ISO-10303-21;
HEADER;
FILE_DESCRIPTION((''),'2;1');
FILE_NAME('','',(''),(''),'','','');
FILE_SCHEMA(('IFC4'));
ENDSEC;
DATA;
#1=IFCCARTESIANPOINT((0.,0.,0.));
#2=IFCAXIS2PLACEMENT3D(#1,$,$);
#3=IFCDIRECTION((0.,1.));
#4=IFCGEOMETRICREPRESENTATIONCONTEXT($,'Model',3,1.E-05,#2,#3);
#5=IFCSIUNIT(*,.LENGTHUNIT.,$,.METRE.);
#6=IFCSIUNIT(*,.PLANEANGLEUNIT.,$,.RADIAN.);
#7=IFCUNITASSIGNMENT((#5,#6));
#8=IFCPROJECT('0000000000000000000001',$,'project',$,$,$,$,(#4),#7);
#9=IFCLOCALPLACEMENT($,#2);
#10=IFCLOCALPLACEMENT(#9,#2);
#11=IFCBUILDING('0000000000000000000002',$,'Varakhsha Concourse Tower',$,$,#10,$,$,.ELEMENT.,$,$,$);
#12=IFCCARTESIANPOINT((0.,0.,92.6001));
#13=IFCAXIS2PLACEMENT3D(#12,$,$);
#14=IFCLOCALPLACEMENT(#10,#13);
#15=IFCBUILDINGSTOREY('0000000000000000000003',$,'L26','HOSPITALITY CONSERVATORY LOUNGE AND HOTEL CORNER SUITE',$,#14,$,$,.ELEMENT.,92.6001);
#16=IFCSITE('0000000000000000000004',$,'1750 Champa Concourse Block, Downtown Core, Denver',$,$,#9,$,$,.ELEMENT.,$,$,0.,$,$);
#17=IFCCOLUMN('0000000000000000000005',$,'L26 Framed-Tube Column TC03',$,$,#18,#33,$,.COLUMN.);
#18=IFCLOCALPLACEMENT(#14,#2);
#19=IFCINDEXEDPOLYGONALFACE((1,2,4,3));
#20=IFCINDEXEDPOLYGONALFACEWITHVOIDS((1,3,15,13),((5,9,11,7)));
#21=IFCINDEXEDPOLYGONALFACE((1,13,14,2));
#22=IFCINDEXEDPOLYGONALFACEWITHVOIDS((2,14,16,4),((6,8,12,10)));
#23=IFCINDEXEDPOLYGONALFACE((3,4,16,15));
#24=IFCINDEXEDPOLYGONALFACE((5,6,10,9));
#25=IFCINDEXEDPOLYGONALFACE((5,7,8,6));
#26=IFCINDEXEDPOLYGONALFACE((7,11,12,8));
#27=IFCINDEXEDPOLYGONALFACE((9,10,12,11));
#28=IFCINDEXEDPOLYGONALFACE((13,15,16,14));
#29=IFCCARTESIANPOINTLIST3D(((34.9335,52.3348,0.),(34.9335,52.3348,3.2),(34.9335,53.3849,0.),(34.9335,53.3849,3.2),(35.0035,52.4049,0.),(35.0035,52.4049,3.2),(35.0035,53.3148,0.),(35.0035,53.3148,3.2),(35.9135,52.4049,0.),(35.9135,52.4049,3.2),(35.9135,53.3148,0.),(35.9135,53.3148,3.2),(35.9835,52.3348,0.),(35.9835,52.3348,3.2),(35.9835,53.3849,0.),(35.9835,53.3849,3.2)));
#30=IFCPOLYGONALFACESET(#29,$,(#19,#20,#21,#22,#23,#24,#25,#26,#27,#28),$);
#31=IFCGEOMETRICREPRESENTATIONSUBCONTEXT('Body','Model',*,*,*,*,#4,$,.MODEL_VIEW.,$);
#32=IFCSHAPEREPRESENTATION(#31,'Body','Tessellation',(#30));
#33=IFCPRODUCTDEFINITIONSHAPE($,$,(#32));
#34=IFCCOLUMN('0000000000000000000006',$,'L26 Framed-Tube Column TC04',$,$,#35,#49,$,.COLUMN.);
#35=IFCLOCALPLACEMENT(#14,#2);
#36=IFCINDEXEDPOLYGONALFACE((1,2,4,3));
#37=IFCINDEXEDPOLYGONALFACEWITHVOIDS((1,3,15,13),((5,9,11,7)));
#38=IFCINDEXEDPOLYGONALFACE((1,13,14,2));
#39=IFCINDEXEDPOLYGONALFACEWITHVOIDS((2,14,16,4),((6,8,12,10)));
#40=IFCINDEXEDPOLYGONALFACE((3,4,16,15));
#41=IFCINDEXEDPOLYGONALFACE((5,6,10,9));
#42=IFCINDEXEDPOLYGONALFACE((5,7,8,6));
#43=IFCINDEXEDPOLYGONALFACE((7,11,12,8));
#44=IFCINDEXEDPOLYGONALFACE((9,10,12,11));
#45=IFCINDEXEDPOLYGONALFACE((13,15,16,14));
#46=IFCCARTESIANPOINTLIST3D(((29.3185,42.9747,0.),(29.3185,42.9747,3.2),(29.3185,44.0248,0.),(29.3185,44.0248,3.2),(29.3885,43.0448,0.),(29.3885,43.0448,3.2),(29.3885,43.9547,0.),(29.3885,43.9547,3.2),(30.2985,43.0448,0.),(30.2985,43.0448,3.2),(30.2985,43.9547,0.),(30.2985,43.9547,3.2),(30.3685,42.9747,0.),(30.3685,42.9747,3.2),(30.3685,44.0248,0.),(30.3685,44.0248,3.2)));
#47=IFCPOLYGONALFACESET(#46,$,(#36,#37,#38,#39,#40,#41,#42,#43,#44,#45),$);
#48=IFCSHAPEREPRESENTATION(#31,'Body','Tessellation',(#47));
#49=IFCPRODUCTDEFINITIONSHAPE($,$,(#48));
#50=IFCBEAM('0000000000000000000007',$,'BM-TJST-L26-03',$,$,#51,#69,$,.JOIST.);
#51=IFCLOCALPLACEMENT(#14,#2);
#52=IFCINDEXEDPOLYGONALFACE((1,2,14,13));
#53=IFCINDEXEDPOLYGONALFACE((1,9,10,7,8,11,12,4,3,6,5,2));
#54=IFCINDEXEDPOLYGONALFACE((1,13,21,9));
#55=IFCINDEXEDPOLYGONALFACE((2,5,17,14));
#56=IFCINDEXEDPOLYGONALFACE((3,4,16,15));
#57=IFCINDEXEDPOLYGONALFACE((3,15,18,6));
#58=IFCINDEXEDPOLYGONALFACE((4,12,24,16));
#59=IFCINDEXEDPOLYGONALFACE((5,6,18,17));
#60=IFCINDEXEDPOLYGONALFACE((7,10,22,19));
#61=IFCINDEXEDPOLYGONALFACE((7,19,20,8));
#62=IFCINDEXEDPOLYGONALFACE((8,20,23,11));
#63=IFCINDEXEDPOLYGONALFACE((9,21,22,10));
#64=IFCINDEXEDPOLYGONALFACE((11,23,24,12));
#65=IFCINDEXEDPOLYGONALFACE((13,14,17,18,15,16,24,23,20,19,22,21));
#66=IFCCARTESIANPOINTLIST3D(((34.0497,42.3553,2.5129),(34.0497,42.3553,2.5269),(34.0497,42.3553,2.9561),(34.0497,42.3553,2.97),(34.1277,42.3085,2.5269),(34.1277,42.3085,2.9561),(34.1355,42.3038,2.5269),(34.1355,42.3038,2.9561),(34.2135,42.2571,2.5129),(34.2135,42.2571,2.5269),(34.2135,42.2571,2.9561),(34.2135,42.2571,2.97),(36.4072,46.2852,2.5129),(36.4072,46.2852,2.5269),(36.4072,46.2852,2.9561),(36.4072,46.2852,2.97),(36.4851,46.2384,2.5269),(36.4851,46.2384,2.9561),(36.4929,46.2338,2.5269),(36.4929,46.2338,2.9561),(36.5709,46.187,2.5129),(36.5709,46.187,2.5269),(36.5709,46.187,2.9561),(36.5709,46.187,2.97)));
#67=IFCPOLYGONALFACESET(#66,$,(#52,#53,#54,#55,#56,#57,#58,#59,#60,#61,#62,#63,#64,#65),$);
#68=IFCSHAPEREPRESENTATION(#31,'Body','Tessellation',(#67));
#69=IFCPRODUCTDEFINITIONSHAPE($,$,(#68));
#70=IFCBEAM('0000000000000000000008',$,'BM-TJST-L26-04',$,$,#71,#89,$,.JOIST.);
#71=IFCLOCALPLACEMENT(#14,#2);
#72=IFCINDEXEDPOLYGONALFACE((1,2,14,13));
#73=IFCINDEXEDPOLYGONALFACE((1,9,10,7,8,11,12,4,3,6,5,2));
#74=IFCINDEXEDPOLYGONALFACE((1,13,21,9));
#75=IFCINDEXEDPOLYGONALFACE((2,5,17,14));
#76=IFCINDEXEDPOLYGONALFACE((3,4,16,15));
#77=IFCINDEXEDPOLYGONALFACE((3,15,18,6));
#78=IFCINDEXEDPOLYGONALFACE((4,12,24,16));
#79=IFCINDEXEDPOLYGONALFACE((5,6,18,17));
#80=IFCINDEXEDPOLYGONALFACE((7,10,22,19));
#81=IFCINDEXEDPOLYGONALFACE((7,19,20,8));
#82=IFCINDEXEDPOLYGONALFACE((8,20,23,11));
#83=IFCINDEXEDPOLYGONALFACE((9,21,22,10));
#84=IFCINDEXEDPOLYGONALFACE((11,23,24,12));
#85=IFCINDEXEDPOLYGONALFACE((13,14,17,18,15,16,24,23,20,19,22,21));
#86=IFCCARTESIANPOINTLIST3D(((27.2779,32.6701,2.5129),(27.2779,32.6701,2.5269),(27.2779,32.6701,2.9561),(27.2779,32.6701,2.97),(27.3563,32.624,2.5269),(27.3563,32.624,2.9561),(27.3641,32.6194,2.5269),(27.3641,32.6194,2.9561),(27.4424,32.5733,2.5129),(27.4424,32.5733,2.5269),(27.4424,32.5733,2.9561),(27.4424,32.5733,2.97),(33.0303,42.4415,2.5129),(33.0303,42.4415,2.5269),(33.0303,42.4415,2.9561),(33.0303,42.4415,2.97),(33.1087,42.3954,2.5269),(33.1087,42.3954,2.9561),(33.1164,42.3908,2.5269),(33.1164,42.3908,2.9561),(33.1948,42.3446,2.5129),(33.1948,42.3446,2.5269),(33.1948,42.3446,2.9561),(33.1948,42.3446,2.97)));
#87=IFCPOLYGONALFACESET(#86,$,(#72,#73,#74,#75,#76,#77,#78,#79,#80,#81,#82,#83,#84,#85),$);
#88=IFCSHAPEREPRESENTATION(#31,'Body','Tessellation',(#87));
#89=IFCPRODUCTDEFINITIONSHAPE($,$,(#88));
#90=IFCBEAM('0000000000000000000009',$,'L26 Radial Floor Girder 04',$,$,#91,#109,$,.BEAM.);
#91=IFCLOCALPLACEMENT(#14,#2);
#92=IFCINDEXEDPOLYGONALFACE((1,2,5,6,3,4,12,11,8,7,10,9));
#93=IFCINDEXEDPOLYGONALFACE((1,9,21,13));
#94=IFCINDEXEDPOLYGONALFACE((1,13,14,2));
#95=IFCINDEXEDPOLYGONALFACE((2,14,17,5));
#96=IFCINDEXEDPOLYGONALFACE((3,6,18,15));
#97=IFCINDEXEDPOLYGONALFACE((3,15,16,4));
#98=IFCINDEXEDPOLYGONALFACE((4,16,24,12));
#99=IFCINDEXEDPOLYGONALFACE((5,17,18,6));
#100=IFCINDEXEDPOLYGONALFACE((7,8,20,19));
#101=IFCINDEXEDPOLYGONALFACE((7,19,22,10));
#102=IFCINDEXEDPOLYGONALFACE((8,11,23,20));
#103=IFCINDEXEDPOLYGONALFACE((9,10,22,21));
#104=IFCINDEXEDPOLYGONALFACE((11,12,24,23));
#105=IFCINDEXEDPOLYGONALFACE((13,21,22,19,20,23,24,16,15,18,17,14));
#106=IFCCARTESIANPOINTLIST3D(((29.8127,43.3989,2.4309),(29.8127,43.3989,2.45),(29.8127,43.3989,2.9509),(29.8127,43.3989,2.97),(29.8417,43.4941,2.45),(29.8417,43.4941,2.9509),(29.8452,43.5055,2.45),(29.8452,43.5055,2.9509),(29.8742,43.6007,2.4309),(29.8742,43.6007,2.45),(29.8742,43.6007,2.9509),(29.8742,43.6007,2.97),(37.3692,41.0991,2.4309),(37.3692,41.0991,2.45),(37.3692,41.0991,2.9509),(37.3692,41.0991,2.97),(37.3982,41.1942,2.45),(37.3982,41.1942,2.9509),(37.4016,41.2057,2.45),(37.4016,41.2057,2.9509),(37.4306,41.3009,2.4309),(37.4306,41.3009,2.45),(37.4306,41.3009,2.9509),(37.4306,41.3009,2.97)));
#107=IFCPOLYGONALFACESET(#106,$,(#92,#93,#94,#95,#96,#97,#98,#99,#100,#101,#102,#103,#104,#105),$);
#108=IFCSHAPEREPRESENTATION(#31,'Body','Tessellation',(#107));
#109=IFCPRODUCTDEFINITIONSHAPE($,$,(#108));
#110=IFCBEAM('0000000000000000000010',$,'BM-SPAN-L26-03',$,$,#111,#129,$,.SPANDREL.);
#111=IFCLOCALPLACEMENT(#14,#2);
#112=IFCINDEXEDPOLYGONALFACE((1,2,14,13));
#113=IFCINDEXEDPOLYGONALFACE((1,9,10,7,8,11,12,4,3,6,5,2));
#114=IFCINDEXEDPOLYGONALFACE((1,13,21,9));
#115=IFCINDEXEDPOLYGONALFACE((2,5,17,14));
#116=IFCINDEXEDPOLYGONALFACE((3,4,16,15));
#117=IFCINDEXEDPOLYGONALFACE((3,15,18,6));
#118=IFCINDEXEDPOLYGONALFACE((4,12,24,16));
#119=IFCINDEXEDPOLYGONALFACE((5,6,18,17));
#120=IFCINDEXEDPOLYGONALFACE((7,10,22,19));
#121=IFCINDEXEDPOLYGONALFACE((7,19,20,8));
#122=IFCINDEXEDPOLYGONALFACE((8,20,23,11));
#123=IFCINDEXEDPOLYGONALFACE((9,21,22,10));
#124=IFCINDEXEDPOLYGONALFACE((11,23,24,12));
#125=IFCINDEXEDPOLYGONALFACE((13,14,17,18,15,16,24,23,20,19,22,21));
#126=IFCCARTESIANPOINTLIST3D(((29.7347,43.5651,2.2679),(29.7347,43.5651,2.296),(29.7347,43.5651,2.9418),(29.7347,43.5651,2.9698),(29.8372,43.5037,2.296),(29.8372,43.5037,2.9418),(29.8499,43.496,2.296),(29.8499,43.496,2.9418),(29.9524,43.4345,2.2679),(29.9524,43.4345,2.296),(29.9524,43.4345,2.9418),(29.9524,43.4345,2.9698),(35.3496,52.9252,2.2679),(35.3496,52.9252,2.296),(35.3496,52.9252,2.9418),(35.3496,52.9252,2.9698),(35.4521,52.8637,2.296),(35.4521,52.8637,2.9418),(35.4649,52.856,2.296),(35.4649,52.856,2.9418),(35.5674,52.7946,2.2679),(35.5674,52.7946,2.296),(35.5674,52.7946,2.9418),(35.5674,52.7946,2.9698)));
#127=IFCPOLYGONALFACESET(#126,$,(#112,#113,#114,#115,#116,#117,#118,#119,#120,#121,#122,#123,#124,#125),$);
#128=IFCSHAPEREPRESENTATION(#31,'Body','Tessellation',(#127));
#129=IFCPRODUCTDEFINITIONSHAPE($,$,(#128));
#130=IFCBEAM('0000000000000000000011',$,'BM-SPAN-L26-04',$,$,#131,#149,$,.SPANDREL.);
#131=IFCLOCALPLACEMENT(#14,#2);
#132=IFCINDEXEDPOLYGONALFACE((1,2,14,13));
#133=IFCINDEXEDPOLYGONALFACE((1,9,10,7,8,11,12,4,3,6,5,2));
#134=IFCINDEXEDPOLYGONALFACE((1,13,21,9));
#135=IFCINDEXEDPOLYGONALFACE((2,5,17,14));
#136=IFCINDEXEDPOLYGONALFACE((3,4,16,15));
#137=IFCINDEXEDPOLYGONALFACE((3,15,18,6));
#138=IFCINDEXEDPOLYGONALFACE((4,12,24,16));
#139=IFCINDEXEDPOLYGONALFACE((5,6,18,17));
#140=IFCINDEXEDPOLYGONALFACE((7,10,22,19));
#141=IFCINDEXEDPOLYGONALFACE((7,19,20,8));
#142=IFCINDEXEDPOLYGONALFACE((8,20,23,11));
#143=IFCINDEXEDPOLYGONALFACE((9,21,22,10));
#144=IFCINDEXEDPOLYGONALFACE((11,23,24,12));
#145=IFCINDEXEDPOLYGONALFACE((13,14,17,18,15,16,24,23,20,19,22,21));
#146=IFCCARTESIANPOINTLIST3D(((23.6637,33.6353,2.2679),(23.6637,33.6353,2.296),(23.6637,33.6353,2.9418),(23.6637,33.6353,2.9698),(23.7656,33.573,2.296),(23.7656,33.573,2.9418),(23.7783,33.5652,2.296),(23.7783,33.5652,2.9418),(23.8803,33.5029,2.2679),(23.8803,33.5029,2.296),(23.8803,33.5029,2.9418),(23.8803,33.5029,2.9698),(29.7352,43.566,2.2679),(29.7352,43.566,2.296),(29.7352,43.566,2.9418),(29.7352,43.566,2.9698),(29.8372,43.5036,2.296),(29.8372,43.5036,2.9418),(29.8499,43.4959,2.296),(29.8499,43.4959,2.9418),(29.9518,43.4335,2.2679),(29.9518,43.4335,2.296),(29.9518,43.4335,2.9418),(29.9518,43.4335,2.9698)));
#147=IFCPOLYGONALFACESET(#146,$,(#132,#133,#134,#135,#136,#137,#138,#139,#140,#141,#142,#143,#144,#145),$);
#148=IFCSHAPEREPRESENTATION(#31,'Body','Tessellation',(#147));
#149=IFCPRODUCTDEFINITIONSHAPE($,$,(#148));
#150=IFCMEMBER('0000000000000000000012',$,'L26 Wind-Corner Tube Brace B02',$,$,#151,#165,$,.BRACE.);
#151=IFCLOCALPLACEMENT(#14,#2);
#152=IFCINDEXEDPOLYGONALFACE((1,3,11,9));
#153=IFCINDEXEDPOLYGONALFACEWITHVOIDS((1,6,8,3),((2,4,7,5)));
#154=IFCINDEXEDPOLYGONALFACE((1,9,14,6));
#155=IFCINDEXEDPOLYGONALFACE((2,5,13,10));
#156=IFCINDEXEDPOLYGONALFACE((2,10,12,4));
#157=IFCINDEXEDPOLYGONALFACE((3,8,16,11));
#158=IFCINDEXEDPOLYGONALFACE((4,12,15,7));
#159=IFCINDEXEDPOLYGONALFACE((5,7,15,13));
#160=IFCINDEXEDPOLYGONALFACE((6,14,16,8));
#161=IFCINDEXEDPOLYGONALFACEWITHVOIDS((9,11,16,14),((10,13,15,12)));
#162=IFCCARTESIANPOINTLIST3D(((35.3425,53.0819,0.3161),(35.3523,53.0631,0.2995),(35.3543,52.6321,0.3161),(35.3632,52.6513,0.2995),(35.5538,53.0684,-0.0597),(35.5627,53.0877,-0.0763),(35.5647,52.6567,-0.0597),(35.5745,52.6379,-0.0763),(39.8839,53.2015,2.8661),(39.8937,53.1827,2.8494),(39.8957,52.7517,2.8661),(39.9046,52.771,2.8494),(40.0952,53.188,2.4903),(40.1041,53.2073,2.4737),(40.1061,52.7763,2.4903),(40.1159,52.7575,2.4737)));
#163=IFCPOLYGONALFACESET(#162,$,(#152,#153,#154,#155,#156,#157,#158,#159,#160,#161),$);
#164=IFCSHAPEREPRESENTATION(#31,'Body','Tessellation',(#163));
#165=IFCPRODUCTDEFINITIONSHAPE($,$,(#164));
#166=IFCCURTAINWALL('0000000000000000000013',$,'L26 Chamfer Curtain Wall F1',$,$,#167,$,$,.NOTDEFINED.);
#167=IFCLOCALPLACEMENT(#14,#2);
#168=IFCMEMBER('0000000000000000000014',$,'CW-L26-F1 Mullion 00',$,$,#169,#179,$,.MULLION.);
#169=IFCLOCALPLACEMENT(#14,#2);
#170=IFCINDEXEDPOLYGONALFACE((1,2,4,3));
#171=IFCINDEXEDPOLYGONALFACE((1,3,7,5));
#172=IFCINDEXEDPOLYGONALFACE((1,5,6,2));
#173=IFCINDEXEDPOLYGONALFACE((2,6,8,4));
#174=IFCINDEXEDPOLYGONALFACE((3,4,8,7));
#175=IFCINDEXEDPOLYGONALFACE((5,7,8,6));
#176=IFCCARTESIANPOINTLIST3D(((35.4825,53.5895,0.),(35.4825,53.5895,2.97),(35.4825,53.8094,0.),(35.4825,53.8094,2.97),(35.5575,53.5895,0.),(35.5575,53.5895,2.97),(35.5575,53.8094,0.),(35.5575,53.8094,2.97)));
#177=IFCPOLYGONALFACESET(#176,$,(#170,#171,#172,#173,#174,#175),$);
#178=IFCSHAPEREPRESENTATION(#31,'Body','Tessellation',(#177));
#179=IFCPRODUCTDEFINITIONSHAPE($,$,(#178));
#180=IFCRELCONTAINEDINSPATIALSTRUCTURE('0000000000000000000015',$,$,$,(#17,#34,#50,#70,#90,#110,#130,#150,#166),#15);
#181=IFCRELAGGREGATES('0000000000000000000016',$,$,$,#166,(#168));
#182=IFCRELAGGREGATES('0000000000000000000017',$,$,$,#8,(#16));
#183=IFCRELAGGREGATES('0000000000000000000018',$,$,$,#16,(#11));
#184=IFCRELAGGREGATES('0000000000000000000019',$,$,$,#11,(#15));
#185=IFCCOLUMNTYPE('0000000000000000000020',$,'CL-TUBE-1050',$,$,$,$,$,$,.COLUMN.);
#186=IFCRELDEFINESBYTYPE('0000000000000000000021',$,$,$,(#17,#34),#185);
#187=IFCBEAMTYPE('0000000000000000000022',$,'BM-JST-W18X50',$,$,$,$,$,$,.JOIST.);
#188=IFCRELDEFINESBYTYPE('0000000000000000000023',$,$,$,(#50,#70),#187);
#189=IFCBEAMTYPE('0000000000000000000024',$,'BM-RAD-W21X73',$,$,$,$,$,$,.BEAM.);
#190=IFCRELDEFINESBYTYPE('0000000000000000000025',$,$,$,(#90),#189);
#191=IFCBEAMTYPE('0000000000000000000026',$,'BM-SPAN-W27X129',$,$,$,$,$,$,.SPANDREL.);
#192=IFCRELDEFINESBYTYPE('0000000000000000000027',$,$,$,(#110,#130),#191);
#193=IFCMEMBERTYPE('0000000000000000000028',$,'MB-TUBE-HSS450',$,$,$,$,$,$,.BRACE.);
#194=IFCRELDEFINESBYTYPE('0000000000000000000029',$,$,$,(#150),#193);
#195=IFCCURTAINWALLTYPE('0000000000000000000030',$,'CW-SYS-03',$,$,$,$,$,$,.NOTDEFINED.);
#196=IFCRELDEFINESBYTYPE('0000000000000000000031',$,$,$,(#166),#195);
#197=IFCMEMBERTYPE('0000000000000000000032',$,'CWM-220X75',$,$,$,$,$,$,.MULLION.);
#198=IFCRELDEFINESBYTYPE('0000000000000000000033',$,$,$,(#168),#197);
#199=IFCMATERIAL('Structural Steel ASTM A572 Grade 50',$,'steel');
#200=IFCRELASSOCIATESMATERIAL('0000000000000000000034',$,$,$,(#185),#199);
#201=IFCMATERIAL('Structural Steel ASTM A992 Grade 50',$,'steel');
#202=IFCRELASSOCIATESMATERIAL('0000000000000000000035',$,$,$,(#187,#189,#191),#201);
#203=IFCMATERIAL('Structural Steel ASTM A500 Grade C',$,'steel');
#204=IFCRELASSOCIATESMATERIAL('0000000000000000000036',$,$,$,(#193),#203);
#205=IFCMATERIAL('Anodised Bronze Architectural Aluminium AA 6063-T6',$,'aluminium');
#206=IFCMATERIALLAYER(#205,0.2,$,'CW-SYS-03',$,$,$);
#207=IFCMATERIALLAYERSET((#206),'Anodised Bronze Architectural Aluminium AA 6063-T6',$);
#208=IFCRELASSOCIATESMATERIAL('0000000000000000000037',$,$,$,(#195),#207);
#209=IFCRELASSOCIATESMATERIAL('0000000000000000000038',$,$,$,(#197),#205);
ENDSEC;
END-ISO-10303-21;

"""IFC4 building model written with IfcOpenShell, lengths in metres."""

from ifc_helpers import new_model, si_unit, direction, frame, origin, origin_2d, place, context, subcontext, project, spatial, rectangle, hollow_rectangle, i_section, extrude, source, transform, mapped, material, layer, layer_set, material_profile, profile_set, type_object, type_shapes, element, aggregate, save


model = new_model("IFC4")

# Units and contexts
model_context = context("Model", 3, precision=1e-05, world=origin(), true_north=direction((0.0, 1.0)))
body_context = subcontext(model_context, "Body", "Model", "MODEL_VIEW")
ifc_project = project(units=[si_unit("LENGTHUNIT", "METRE"), si_unit("PLANEANGLEUNIT", "RADIAN")], contexts=[model_context])

# Site, building, storey
site_placement = place(None, origin())
site = spatial("IfcSite", under=ifc_project, at=site_placement, Name="1750 Champa Concourse Block, Downtown Core, Denver", CompositionType="ELEMENT", RefElevation=0.0)
building_placement = place(site_placement, origin())
building = spatial("IfcBuilding", under=site, at=building_placement, Name="Varakhsha Concourse Tower", CompositionType="ELEMENT")
storey_placement = place(building_placement, frame((0.0, 0.0, 92.6001)))
storey = spatial("IfcBuildingStorey", under=building, at=storey_placement, Name="L26", Description="HOSPITALITY CONSERVATORY LOUNGE AND HOTEL CORNER SUITE", CompositionType="ELEMENT", Elevation=92.6001)

# Columns
ifc_material_1 = material(Name="Structural Steel ASTM A572 Grade 50", Category="steel")
ifc_material_profile_1 = material_profile(ifc_material_1, hollow_rectangle(XDim=1.05, YDim=1.05, WallThickness=0.0701, at=origin_2d()), Name="BOX 1050x1050x70")
ifc_profile_set_1 = profile_set([ifc_material_profile_1], Name="Structural Steel ASTM A572 Grade 50")
column_type = type_object("IfcColumnType", Name="CL-TUBE-1050", PredefinedType="COLUMN", material=ifc_profile_set_1)
for number, where, z_axis, x_axis, name in (
    (1, (35.4585, 52.8599, 0.0), (0.0, 0.0, 1.0), (1.0, 0.0, 0.0), "L26 Framed-Tube Column TC03"),
    (2, (29.8435, 43.4998, 0.0), (0.0, 0.0, 1.0), (1.0, 0.0, 0.0), "L26 Framed-Tube Column TC04"),
):
    element("IfcColumn", number, at=place(storey_placement, frame(where, z_axis=z_axis, x_axis=x_axis)), inside=storey, type_object=column_type, Name=name, PredefinedType="COLUMN", context=body_context, shape_type="SweptSolid", body=[
        extrude(hollow_rectangle(XDim=1.05, YDim=1.05, WallThickness=0.0701, at=origin_2d()), origin(), (0.0, 0.0, 1.0), 3.2),
    ])

# Beams
ifc_material_2 = material(Name="Structural Steel ASTM A992 Grade 50", Category="steel")
ifc_material_profile_2 = material_profile(ifc_material_2, i_section(OverallWidth=0.1909, OverallDepth=0.457, WebThickness=0.009, FlangeThickness=0.0139, at=origin_2d()), Name="W18X50")
ifc_profile_set_2 = profile_set([ifc_material_profile_2], Name="Structural Steel ASTM A992 Grade 50")
beam_type_1 = type_object("IfcBeamType", Name="BM-JST-W18X50", PredefinedType="JOIST", material=ifc_profile_set_2)
beam_1_placement = place(storey_placement, frame((36.489, 46.2361, 2.7415), z_axis=(-0.51441, -0.857545, 0.0), x_axis=(0.857545, -0.51441, 0.0)))
element("IfcBeam", 3, at=beam_1_placement, inside=storey, type_object=beam_type_1, Name="BM-TJST-L26-03", PredefinedType="JOIST", context=body_context, shape_type="SweptSolid", body=[
    extrude(i_section(OverallWidth=0.1909, OverallDepth=0.457, WebThickness=0.009, FlangeThickness=0.0139, at=origin_2d()), origin(), (0.0, 0.0, 1.0), 4.5828),
])
beam_2_placement = place(storey_placement, frame((33.1125, 42.3931, 2.7415), z_axis=(-0.507316, -0.86176, 0.0), x_axis=(0.86176, -0.507316, 0.0)))
element("IfcBeam", 4, at=beam_2_placement, inside=storey, type_object=beam_type_1, Name="BM-TJST-L26-04", PredefinedType="JOIST", context=body_context, shape_type="SweptSolid", body=[
    extrude(i_section(OverallWidth=0.1909, OverallDepth=0.457, WebThickness=0.009, FlangeThickness=0.0139, at=origin_2d()), origin(), (0.0, 0.0, 1.0), 11.3389),
])
ifc_material_profile_3 = material_profile(ifc_material_2, i_section(OverallWidth=0.2109, OverallDepth=0.5391, WebThickness=0.012, FlangeThickness=0.019, at=origin_2d()), Name="W21X73")
ifc_profile_set_3 = profile_set([ifc_material_profile_3], Name="Structural Steel ASTM A992 Grade 50")
beam_type_2 = type_object("IfcBeamType", Name="BM-RAD-W21X73", PredefinedType="BEAM", material=ifc_profile_set_3)
beam_3_placement = place(storey_placement, frame((37.3999, 41.2, 2.7004), z_axis=(-0.956673, 0.291165, 0.0), x_axis=(-0.291165, -0.956673, 0.0)))
element("IfcBeam", 5, at=beam_3_placement, inside=storey, type_object=beam_type_2, Name="L26 Radial Floor Girder 04", PredefinedType="BEAM", context=body_context, shape_type="SweptSolid", body=[
    extrude(i_section(OverallWidth=0.2109, OverallDepth=0.5391, WebThickness=0.012, FlangeThickness=0.019, at=origin_2d()), origin(), (0.0, 0.0, 1.0), 7.8987),
])
ifc_material_profile_4 = material_profile(ifc_material_2, i_section(OverallWidth=0.2539, OverallDepth=0.7019, WebThickness=0.0149, FlangeThickness=0.0281, at=origin_2d()), Name="W27X129")
ifc_profile_set_4 = profile_set([ifc_material_profile_4], Name="Structural Steel ASTM A992 Grade 50")
beam_type_3 = type_object("IfcBeamType", Name="BM-SPAN-W27X129", PredefinedType="SPANDREL", material=ifc_profile_set_4)
beam_4_placement = place(storey_placement, frame((35.4585, 52.8599, 2.6189), z_axis=(-0.514423, -0.857536, 0.0), x_axis=(0.857536, -0.514423, 0.0)))
element("IfcBeam", 6, at=beam_4_placement, inside=storey, type_object=beam_type_3, Name="BM-SPAN-L26-03", PredefinedType="SPANDREL", context=body_context, shape_type="SweptSolid", body=[
    extrude(i_section(OverallWidth=0.2539, OverallDepth=0.7019, WebThickness=0.0149, FlangeThickness=0.0281, at=origin_2d()), origin(), (0.0, 0.0, 1.0), 10.915),
])
beam_5_placement = place(storey_placement, frame((29.8435, 43.4998, 2.6189), z_axis=(-0.521625, -0.853175, 0.0), x_axis=(0.853175, -0.521625, 0.0)))
element("IfcBeam", 7, at=beam_5_placement, inside=storey, type_object=beam_type_3, Name="BM-SPAN-L26-04", PredefinedType="SPANDREL", context=body_context, shape_type="SweptSolid", body=[
    extrude(i_section(OverallWidth=0.2539, OverallDepth=0.7019, WebThickness=0.0149, FlangeThickness=0.0281, at=origin_2d()), origin(), (0.0, 0.0, 1.0), 11.6396),
])

# Member
ifc_material_3 = material(Name="Structural Steel ASTM A500 Grade C", Category="steel")
ifc_material_profile_5 = material_profile(ifc_material_3, hollow_rectangle(XDim=0.45, YDim=0.45, WallThickness=0.019, at=origin_2d()), Name="HSS 450x450x19")
ifc_profile_set_5 = profile_set([ifc_material_profile_5], Name="Structural Steel ASTM A500 Grade C")
member_type_1 = type_object("IfcMemberType", Name="MB-TUBE-HSS450", PredefinedType="BRACE", material=ifc_profile_set_5)
shared_shape_1 = source(origin(), body_context, "Body", "SweptSolid", [
    extrude(hollow_rectangle(XDim=0.45, YDim=0.45, WallThickness=0.019, at=origin_2d()), origin(), (0.0, 0.0, 1.0), 5.2097),
])
type_shapes(member_type_1, [shared_shape_1])
member_1_placement = place(storey_placement, frame((35.4585, 52.8599, 0.1199), z_axis=(0.871718, 0.022962, 0.489469), x_axis=(-0.026332, 0.999653, 0.0)))
element("IfcMember", 8, at=member_1_placement, inside=storey, type_object=member_type_1, Name="L26 Wind-Corner Tube Brace B02", PredefinedType="BRACE", context=body_context, shape_type="MappedRepresentation", body=[
    mapped(shared_shape_1, transform((0.0, 0.0, 0.0), scale=1.0)),
])

# Curtain wall, member
ifc_material_4 = material(Name="Anodised Bronze Architectural Aluminium AA 6063-T6", Category="aluminium")
ifc_layer_1 = layer(ifc_material_4, 0.2, Name="CW-SYS-03")
ifc_layer_set_1 = layer_set([ifc_layer_1], Name="Anodised Bronze Architectural Aluminium AA 6063-T6")
curtain_wall_type = type_object("IfcCurtainWallType", Name="CW-SYS-03", PredefinedType="NOTDEFINED", material=ifc_layer_set_1)
curtain_wall_1_placement = place(storey_placement, origin())
curtain_wall_1 = element("IfcCurtainWall", 9, at=curtain_wall_1_placement, inside=storey, type_object=curtain_wall_type, Name="L26 Chamfer Curtain Wall F1", PredefinedType="NOTDEFINED")
ifc_material_profile_6 = material_profile(ifc_material_4, rectangle(XDim=0.075, YDim=0.22, at=origin_2d()), Name="CWM-220X75")
ifc_profile_set_6 = profile_set([ifc_material_profile_6], Name="Anodised Bronze Architectural Aluminium AA 6063-T6")
member_type_2 = type_object("IfcMemberType", Name="CWM-220X75", PredefinedType="MULLION", material=ifc_profile_set_6)
shared_shape_2 = source(origin(), body_context, "Body", "SweptSolid", [
    extrude(rectangle(XDim=0.075, YDim=0.22, at=origin_2d()), origin(), (0.0, 0.0, 1.0), 2.97),
])
type_shapes(member_type_2, [shared_shape_2])
member_2_placement = place(storey_placement, frame((35.52, 53.6995, 0.0), z_axis=(0.0, 0.0, 1.0), x_axis=(1.0, 0.0, 0.0)))
member_2 = element("IfcMember", 10, at=member_2_placement, type_object=member_type_2, Name="CW-L26-F1 Mullion 00", PredefinedType="MULLION", context=body_context, shape_type="MappedRepresentation", body=[
    mapped(shared_shape_2, transform((0.0, 0.0, 0.0), scale=1.0)),
])

aggregate(curtain_wall_1, [member_2])

save(model, "model.ifc")
